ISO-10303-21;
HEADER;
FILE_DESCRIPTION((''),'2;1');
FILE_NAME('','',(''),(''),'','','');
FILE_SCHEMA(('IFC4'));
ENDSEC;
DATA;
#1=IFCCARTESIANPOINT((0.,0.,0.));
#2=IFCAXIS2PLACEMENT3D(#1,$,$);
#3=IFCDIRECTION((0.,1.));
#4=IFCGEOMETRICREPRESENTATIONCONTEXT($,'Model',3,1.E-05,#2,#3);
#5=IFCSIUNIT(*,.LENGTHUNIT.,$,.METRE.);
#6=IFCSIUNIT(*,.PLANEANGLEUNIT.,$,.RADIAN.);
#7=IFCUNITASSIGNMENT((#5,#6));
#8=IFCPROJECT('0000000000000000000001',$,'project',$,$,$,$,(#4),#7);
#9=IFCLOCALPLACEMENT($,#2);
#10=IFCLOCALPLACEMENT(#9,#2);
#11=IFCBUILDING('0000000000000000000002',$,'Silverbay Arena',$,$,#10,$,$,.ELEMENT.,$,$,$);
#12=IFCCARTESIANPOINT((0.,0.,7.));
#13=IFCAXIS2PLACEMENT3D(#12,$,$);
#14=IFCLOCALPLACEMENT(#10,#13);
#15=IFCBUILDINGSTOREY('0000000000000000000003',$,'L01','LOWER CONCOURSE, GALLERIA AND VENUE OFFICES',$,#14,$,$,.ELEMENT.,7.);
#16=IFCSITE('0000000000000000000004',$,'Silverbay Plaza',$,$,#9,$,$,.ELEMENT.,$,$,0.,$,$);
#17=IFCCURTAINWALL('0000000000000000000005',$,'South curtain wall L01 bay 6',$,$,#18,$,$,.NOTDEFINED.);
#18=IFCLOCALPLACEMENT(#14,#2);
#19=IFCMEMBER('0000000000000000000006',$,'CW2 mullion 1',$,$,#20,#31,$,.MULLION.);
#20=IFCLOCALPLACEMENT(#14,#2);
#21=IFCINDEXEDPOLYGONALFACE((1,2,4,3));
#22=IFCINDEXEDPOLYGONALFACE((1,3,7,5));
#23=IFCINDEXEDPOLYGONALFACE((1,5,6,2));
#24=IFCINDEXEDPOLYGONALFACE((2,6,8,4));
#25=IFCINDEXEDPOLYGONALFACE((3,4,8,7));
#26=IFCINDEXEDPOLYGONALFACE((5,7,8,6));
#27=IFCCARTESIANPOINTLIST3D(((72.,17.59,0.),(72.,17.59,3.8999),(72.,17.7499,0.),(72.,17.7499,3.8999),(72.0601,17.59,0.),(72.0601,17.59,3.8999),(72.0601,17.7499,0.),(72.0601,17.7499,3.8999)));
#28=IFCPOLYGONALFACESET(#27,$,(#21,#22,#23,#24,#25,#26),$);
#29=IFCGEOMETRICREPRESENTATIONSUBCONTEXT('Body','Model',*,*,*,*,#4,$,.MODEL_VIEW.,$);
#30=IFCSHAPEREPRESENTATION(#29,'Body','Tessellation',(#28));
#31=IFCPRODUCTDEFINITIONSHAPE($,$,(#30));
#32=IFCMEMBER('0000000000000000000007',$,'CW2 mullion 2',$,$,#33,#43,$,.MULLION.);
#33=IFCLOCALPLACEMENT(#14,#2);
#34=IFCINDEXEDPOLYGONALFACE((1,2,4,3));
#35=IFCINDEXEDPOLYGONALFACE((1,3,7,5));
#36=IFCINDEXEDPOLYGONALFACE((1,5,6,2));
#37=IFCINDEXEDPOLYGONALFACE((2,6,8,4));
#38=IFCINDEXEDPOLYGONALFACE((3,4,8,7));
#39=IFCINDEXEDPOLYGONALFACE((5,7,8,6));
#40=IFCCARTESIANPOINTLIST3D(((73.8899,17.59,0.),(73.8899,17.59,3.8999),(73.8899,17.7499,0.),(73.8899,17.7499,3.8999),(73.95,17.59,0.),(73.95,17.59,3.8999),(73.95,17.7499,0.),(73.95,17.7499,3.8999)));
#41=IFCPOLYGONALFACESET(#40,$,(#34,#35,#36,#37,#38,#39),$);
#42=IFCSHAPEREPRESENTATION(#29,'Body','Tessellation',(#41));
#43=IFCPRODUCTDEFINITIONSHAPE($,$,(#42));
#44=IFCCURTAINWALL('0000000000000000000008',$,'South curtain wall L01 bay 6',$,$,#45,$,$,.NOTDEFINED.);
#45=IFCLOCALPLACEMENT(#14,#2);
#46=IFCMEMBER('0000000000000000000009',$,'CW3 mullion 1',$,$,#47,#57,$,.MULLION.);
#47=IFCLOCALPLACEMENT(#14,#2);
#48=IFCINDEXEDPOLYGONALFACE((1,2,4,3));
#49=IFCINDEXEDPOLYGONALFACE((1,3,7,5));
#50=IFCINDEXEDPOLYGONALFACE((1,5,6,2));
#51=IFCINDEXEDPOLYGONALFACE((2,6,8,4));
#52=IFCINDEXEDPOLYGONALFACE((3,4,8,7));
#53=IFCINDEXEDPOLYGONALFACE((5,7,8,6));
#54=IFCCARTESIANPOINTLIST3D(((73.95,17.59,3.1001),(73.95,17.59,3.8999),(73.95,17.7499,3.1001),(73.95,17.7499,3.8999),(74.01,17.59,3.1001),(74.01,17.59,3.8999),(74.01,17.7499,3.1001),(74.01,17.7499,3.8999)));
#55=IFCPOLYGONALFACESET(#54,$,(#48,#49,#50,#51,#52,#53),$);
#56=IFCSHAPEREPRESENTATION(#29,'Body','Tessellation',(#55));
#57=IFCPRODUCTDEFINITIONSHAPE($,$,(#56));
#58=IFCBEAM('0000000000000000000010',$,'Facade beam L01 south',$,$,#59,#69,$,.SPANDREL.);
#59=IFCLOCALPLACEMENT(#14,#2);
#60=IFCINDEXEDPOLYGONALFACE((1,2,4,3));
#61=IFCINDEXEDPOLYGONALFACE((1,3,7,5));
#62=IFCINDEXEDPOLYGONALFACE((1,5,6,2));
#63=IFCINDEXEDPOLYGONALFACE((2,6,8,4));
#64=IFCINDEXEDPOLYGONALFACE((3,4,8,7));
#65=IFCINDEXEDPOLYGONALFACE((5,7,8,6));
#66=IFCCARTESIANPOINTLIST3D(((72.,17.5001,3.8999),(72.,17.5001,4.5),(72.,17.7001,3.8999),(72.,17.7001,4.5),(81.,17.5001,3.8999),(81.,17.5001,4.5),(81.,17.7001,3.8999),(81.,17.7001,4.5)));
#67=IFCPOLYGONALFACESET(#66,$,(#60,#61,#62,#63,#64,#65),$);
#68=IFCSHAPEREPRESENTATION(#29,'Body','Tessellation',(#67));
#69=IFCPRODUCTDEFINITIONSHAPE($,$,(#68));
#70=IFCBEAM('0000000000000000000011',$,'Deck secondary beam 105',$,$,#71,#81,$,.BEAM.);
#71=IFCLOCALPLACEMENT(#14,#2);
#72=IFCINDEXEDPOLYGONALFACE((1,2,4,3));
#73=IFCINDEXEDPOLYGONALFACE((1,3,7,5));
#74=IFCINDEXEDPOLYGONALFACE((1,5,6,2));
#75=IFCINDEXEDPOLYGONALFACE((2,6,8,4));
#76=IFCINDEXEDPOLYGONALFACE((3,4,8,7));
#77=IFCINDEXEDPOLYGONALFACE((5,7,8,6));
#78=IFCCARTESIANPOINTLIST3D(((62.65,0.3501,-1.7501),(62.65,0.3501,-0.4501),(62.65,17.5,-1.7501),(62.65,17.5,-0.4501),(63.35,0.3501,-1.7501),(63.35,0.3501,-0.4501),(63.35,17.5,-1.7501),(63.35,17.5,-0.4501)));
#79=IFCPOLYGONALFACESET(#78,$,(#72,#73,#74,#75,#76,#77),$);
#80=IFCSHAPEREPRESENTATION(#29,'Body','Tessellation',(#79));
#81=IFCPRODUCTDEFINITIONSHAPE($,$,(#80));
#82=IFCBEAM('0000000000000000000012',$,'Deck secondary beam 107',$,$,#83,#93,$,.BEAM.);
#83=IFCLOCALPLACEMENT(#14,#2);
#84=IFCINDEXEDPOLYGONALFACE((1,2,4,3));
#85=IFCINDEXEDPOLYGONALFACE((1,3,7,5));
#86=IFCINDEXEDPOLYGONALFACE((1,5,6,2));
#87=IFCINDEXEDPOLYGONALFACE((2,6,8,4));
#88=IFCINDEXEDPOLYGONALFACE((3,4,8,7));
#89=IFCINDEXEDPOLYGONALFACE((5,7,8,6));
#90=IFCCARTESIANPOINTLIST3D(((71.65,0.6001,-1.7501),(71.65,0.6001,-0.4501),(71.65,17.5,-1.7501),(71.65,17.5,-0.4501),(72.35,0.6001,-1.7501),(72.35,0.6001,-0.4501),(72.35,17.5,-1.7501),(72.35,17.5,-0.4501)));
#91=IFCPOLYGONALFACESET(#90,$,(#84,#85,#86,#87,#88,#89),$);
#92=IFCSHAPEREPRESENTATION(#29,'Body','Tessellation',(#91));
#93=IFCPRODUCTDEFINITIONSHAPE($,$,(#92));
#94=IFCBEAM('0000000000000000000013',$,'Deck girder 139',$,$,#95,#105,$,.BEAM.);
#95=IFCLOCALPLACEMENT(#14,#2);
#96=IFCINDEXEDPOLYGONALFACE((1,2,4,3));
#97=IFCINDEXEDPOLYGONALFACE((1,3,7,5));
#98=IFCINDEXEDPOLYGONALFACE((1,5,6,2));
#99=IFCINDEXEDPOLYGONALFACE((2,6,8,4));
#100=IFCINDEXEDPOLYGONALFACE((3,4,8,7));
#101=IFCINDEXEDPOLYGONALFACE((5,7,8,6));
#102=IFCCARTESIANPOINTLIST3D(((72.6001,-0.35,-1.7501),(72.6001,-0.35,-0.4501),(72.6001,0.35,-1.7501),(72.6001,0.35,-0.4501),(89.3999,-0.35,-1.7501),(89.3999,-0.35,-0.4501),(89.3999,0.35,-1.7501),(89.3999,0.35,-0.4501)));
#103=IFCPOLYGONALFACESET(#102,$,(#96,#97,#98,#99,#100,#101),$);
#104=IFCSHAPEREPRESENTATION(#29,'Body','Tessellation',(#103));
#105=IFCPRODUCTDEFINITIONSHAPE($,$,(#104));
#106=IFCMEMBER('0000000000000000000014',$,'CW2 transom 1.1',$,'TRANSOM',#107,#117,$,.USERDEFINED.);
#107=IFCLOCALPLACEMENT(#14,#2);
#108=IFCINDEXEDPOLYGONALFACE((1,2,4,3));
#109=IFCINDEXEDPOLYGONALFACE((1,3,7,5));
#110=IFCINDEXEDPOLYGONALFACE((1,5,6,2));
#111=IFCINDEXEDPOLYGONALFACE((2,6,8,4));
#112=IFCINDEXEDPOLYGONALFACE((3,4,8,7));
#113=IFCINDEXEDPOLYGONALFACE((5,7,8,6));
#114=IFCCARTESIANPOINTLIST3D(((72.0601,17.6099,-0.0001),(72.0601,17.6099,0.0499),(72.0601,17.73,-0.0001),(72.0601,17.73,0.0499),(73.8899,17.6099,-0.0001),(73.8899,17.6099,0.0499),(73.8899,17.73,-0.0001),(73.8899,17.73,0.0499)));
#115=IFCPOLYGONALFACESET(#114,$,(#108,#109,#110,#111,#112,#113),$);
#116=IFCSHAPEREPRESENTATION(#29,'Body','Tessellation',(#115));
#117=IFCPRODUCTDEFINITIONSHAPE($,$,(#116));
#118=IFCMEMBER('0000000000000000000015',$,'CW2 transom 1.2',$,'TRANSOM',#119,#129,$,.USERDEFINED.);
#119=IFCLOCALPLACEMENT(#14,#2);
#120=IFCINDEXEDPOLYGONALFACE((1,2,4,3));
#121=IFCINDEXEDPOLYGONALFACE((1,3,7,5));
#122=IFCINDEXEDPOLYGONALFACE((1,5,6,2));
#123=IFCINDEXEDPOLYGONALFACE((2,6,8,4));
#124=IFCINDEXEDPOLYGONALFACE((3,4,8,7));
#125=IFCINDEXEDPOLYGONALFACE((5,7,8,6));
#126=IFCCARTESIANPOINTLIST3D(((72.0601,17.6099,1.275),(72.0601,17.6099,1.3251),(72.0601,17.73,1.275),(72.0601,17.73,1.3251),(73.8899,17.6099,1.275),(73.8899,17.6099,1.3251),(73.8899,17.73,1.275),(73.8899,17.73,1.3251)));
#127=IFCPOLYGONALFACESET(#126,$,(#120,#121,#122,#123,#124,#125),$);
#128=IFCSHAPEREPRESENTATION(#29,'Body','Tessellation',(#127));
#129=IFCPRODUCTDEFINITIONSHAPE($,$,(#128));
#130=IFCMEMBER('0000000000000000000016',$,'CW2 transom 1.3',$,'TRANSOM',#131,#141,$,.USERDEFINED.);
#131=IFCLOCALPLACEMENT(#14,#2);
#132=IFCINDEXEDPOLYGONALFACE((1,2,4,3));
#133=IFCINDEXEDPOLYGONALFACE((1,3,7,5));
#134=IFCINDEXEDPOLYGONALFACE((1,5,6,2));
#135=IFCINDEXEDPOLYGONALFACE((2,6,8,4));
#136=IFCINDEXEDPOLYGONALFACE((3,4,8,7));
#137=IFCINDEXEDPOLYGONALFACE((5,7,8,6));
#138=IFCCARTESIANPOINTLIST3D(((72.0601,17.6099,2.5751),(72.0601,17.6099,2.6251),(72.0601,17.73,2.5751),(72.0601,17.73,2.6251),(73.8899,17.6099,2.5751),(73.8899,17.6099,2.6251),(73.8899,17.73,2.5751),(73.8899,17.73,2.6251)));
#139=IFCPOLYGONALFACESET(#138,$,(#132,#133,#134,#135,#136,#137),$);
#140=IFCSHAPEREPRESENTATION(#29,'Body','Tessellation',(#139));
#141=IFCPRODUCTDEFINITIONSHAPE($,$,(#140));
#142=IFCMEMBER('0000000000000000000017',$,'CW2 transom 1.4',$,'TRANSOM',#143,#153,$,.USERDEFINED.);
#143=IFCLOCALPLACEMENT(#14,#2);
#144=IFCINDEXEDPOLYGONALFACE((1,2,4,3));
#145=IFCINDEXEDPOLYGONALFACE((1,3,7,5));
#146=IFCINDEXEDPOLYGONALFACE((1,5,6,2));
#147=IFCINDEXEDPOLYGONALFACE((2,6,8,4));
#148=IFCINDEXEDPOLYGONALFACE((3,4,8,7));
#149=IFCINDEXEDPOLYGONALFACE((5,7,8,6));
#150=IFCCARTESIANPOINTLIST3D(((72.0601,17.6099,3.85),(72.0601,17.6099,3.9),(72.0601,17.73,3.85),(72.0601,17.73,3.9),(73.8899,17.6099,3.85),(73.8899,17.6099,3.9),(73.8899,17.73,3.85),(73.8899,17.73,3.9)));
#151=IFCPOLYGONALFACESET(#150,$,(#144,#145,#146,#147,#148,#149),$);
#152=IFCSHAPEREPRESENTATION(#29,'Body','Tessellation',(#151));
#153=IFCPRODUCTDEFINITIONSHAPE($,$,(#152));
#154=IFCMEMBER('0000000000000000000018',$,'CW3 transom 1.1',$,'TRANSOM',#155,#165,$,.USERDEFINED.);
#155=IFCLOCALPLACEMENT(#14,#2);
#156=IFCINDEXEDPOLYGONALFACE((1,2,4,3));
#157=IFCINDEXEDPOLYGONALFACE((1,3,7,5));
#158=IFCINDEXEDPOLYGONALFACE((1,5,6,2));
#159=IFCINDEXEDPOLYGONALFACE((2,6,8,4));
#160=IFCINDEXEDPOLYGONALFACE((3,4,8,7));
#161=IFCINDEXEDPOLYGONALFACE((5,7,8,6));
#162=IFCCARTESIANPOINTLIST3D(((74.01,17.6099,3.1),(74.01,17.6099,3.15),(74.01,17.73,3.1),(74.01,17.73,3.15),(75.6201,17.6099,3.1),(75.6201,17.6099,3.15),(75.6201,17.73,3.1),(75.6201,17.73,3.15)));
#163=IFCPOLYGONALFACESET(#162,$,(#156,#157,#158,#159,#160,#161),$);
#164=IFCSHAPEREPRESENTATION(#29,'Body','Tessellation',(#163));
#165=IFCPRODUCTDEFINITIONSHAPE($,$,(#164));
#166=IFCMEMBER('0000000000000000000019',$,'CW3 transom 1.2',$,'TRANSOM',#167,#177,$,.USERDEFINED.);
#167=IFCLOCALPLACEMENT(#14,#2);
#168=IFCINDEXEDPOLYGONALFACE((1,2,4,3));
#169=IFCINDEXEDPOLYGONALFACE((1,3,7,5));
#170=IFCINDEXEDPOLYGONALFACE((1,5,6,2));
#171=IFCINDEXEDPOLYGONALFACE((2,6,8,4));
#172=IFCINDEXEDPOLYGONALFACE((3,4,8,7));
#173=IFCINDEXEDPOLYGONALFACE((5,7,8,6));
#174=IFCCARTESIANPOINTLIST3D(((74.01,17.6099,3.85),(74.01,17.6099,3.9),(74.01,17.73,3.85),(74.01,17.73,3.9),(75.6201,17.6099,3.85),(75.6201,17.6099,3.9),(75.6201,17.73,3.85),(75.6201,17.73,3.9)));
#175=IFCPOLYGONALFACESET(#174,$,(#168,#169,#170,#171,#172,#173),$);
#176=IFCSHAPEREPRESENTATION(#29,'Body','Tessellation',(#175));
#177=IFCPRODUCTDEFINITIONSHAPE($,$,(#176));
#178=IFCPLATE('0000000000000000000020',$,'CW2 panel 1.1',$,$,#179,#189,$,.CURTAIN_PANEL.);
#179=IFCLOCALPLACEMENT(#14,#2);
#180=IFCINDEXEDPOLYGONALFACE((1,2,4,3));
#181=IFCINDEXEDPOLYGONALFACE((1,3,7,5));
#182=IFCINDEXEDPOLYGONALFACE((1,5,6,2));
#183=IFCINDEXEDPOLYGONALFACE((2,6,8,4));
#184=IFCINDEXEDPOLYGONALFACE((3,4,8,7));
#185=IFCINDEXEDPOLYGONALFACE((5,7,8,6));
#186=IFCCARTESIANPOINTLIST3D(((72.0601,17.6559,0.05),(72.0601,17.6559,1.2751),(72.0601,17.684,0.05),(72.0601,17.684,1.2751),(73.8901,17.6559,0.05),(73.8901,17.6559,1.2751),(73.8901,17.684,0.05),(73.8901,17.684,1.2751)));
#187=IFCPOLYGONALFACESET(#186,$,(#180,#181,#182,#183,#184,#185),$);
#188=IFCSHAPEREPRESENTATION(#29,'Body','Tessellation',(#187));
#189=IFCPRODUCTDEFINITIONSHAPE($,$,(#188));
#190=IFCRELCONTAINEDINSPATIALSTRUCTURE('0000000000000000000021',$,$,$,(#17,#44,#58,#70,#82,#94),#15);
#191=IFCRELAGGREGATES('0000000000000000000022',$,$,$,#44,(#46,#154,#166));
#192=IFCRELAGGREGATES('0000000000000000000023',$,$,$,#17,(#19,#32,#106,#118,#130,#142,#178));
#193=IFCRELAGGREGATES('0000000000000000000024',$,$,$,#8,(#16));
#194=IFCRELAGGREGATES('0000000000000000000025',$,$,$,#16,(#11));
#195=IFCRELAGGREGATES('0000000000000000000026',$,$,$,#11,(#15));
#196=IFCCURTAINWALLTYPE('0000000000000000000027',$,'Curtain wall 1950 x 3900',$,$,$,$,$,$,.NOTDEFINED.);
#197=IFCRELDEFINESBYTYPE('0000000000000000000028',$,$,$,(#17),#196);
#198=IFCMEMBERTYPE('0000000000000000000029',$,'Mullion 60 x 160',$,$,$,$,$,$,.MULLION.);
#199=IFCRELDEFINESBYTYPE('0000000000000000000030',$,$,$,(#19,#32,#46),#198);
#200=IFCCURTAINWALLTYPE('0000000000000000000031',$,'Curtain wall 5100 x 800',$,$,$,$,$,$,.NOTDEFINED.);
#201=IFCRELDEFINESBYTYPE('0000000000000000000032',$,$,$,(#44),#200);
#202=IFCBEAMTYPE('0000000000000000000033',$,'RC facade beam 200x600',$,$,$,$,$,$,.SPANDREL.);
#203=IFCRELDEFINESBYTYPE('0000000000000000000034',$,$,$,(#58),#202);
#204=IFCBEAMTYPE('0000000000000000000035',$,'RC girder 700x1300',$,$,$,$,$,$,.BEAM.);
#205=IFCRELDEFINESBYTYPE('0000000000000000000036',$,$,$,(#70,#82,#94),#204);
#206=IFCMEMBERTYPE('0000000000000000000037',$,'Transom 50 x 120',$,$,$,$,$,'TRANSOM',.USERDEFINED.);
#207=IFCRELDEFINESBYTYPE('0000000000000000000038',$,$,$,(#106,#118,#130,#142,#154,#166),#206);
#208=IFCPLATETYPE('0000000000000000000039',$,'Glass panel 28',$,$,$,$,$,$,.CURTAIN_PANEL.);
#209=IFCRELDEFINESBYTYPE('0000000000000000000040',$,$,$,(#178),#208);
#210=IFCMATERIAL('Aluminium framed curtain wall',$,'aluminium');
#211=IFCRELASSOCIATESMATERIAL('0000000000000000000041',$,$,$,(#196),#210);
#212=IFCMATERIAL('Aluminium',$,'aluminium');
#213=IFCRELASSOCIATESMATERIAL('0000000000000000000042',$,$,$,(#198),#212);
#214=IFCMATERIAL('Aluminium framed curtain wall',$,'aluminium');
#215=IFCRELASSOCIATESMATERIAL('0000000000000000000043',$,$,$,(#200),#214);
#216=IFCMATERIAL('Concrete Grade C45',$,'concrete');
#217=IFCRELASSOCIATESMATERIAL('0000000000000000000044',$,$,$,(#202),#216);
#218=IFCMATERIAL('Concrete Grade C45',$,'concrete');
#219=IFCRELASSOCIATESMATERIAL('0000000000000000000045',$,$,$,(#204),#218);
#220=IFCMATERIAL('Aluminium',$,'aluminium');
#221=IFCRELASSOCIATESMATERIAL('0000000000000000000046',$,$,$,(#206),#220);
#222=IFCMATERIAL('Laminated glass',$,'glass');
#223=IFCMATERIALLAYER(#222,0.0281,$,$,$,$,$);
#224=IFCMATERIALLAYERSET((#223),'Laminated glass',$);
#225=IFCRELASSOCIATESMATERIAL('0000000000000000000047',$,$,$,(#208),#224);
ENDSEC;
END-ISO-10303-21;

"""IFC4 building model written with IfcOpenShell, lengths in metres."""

from ifc_helpers import new_model, si_unit, direction, frame, origin, origin_2d, place, context, subcontext, project, spatial, rectangle, extrude, material, layer, layer_set, material_profile, profile_set, type_object, element, aggregate, save


model = new_model("IFC4")

# Units and contexts
model_context = context("Model", 3, precision=1e-05, world=origin(), true_north=direction((0.0, 1.0)))
body_context = subcontext(model_context, "Body", "Model", "MODEL_VIEW")
ifc_project = project(units=[si_unit("LENGTHUNIT", "METRE"), si_unit("PLANEANGLEUNIT", "RADIAN")], contexts=[model_context])

# Site, building, storey
site_placement = place(None, origin())
site = spatial("IfcSite", under=ifc_project, at=site_placement, Name="Silverbay Plaza", CompositionType="ELEMENT", RefElevation=0.0)
building_placement = place(site_placement, origin())
building = spatial("IfcBuilding", under=site, at=building_placement, Name="Silverbay Arena", CompositionType="ELEMENT")
storey_placement = place(building_placement, frame((0.0, 0.0, 7.0)))
storey = spatial("IfcBuildingStorey", under=building, at=storey_placement, Name="L01", Description="LOWER CONCOURSE, GALLERIA AND VENUE OFFICES", CompositionType="ELEMENT", Elevation=7.0)

# Curtain wall, members
ifc_material_1 = material(Name="Aluminium framed curtain wall", Category="aluminium")
curtain_wall_type_1 = type_object("IfcCurtainWallType", Name="Curtain wall 1950 x 3900", PredefinedType="NOTDEFINED", material=ifc_material_1)
curtain_wall_1_placement = place(storey_placement, origin())
curtain_wall_1 = element("IfcCurtainWall", 1, at=curtain_wall_1_placement, inside=storey, type_object=curtain_wall_type_1, Name="South curtain wall L01 bay 6", PredefinedType="NOTDEFINED")
ifc_material_2 = material(Name="Aluminium", Category="aluminium")
ifc_material_profile_1 = material_profile(ifc_material_2, rectangle(XDim=0.1599, YDim=0.0601, at=origin_2d()), Name="Mullion 60 x 160")
ifc_profile_set_1 = profile_set([ifc_material_profile_1], Name="Aluminium")
member_type_1 = type_object("IfcMemberType", Name="Mullion 60 x 160", PredefinedType="MULLION", material=ifc_profile_set_1)
member_1_placement = place(storey_placement, frame((72.03, 17.6699, 0.0), z_axis=(0.0, 0.0, 1.0), x_axis=(0.0, 1.0, 0.0)))
member_1 = element("IfcMember", 2, at=member_1_placement, type_object=member_type_1, Name="CW2 mullion 1", PredefinedType="MULLION", context=body_context, shape_type="SweptSolid", body=[
    extrude(rectangle(XDim=0.1599, YDim=0.0601, at=origin_2d()), origin(), (0.0, 0.0, 1.0), 3.8999),
])
member_2_placement = place(storey_placement, frame((73.9199, 17.6699, 0.0), z_axis=(0.0, 0.0, 1.0), x_axis=(0.0, 1.0, 0.0)))
member_2 = element("IfcMember", 3, at=member_2_placement, type_object=member_type_1, Name="CW2 mullion 2", PredefinedType="MULLION", context=body_context, shape_type="SweptSolid", body=[
    extrude(rectangle(XDim=0.1599, YDim=0.0601, at=origin_2d()), origin(), (0.0, 0.0, 1.0), 3.8999),
])

# Curtain wall, member
ifc_material_3 = material(Name="Aluminium framed curtain wall", Category="aluminium")
curtain_wall_type_2 = type_object("IfcCurtainWallType", Name="Curtain wall 5100 x 800", PredefinedType="NOTDEFINED", material=ifc_material_3)
curtain_wall_2_placement = place(storey_placement, origin())
curtain_wall_2 = element("IfcCurtainWall", 4, at=curtain_wall_2_placement, inside=storey, type_object=curtain_wall_type_2, Name="South curtain wall L01 bay 6", PredefinedType="NOTDEFINED")
member_3_placement = place(storey_placement, frame((73.98, 17.6699, 3.1001), z_axis=(0.0, 0.0, 1.0), x_axis=(0.0, 1.0, 0.0)))
member_3 = element("IfcMember", 5, at=member_3_placement, type_object=member_type_1, Name="CW3 mullion 1", PredefinedType="MULLION", context=body_context, shape_type="SweptSolid", body=[
    extrude(rectangle(XDim=0.1599, YDim=0.0601, at=origin_2d()), origin(), (0.0, 0.0, 1.0), 0.7998),
])

# Beams
ifc_material_4 = material(Name="Concrete Grade C45", Category="concrete")
ifc_material_profile_2 = material_profile(ifc_material_4, rectangle(XDim=0.2, YDim=0.6001, at=origin_2d()), Name="RC 200x600")
ifc_profile_set_2 = profile_set([ifc_material_profile_2], Name="Concrete Grade C45")
beam_type_1 = type_object("IfcBeamType", Name="RC facade beam 200x600", PredefinedType="SPANDREL", material=ifc_profile_set_2)
beam_1_placement = place(storey_placement, frame((72.0, 17.6001, 4.2), z_axis=(1.0, 0.0, 0.0), x_axis=(0.0, 1.0, 0.0)))
element("IfcBeam", 6, at=beam_1_placement, inside=storey, type_object=beam_type_1, Name="Facade beam L01 south", PredefinedType="SPANDREL", context=body_context, shape_type="SweptSolid", body=[
    extrude(rectangle(XDim=0.2, YDim=0.6001, at=origin_2d()), origin(), (0.0, 0.0, 1.0), 9.0),
])
ifc_material_5 = material(Name="Concrete Grade C45", Category="concrete")
ifc_material_profile_3 = material_profile(ifc_material_5, rectangle(XDim=0.7, YDim=1.3, at=origin_2d()), Name="RC 700x1300")
ifc_profile_set_3 = profile_set([ifc_material_profile_3], Name="Concrete Grade C45")
beam_type_2 = type_object("IfcBeamType", Name="RC girder 700x1300", PredefinedType="BEAM", material=ifc_profile_set_3)
beam_2_placement = place(storey_placement, frame((63.0, 0.3501, -1.1001), z_axis=(0.0, 1.0, 0.0), x_axis=(-1.0, 0.0, 0.0)))
element("IfcBeam", 7, at=beam_2_placement, inside=storey, type_object=beam_type_2, Name="Deck secondary beam 105", PredefinedType="BEAM", context=body_context, shape_type="SweptSolid", body=[
    extrude(rectangle(XDim=0.7, YDim=1.3, at=origin_2d()), origin(), (0.0, 0.0, 1.0), 17.1499),
])
beam_3_placement = place(storey_placement, frame((72.0, 0.6001, -1.1001), z_axis=(0.0, 1.0, 0.0), x_axis=(-1.0, 0.0, 0.0)))
element("IfcBeam", 8, at=beam_3_placement, inside=storey, type_object=beam_type_2, Name="Deck secondary beam 107", PredefinedType="BEAM", context=body_context, shape_type="SweptSolid", body=[
    extrude(rectangle(XDim=0.7, YDim=1.3, at=origin_2d()), origin(), (0.0, 0.0, 1.0), 16.8999),
])
beam_4_placement = place(storey_placement, frame((72.6001, 0.0, -1.1001), z_axis=(1.0, 0.0, 0.0), x_axis=(0.0, 1.0, 0.0)))
element("IfcBeam", 9, at=beam_4_placement, inside=storey, type_object=beam_type_2, Name="Deck girder 139", PredefinedType="BEAM", context=body_context, shape_type="SweptSolid", body=[
    extrude(rectangle(XDim=0.7, YDim=1.3, at=origin_2d()), origin(), (0.0, 0.0, 1.0), 16.7998),
])

# Members
ifc_material_6 = material(Name="Aluminium", Category="aluminium")
ifc_material_profile_4 = material_profile(ifc_material_6, rectangle(XDim=0.1201, YDim=0.05, at=origin_2d()), Name="Transom 50 x 120")
ifc_profile_set_4 = profile_set([ifc_material_profile_4], Name="Aluminium")
member_type_2 = type_object("IfcMemberType", Name="Transom 50 x 120", ElementType="TRANSOM", PredefinedType="USERDEFINED", material=ifc_profile_set_4)
member_4_placement = place(storey_placement, frame((72.0601, 17.6699, 0.0249), z_axis=(1.0, 0.0, 0.0), x_axis=(0.0, 1.0, 0.0)))
member_4 = element("IfcMember", 10, at=member_4_placement, type_object=member_type_2, Name="CW2 transom 1.1", ObjectType="TRANSOM", PredefinedType="USERDEFINED", context=body_context, shape_type="SweptSolid", body=[
    extrude(rectangle(XDim=0.1201, YDim=0.05, at=origin_2d()), origin(), (0.0, 0.0, 1.0), 1.8298),
])
member_5_placement = place(storey_placement, frame((72.0601, 17.6699, 1.3), z_axis=(1.0, 0.0, 0.0), x_axis=(0.0, 1.0, 0.0)))
member_5 = element("IfcMember", 11, at=member_5_placement, type_object=member_type_2, Name="CW2 transom 1.2", ObjectType="TRANSOM", PredefinedType="USERDEFINED", context=body_context, shape_type="SweptSolid", body=[
    extrude(rectangle(XDim=0.1201, YDim=0.05, at=origin_2d()), origin(), (0.0, 0.0, 1.0), 1.8298),
])
member_6_placement = place(storey_placement, frame((72.0601, 17.6699, 2.6001), z_axis=(1.0, 0.0, 0.0), x_axis=(0.0, 1.0, 0.0)))
member_6 = element("IfcMember", 12, at=member_6_placement, type_object=member_type_2, Name="CW2 transom 1.3", ObjectType="TRANSOM", PredefinedType="USERDEFINED", context=body_context, shape_type="SweptSolid", body=[
    extrude(rectangle(XDim=0.1201, YDim=0.05, at=origin_2d()), origin(), (0.0, 0.0, 1.0), 1.8298),
])
member_7_placement = place(storey_placement, frame((72.0601, 17.6699, 3.875), z_axis=(1.0, 0.0, 0.0), x_axis=(0.0, 1.0, 0.0)))
member_7 = element("IfcMember", 13, at=member_7_placement, type_object=member_type_2, Name="CW2 transom 1.4", ObjectType="TRANSOM", PredefinedType="USERDEFINED", context=body_context, shape_type="SweptSolid", body=[
    extrude(rectangle(XDim=0.1201, YDim=0.05, at=origin_2d()), origin(), (0.0, 0.0, 1.0), 1.8298),
])
member_8_placement = place(storey_placement, frame((74.01, 17.6699, 3.125), z_axis=(1.0, 0.0, 0.0), x_axis=(0.0, 1.0, 0.0)))
member_8 = element("IfcMember", 14, at=member_8_placement, type_object=member_type_2, Name="CW3 transom 1.1", ObjectType="TRANSOM", PredefinedType="USERDEFINED", context=body_context, shape_type="SweptSolid", body=[
    extrude(rectangle(XDim=0.1201, YDim=0.05, at=origin_2d()), origin(), (0.0, 0.0, 1.0), 1.6101),
])
member_9_placement = place(storey_placement, frame((74.01, 17.6699, 3.875), z_axis=(1.0, 0.0, 0.0), x_axis=(0.0, 1.0, 0.0)))
member_9 = element("IfcMember", 15, at=member_9_placement, type_object=member_type_2, Name="CW3 transom 1.2", ObjectType="TRANSOM", PredefinedType="USERDEFINED", context=body_context, shape_type="SweptSolid", body=[
    extrude(rectangle(XDim=0.1201, YDim=0.05, at=origin_2d()), origin(), (0.0, 0.0, 1.0), 1.6101),
])
aggregate(curtain_wall_2, [member_3, member_8, member_9])

# Plate
ifc_material_7 = material(Name="Laminated glass", Category="glass")
ifc_layer_1 = layer(ifc_material_7, 0.0281)
ifc_layer_set_1 = layer_set([ifc_layer_1], Name="Laminated glass")
plate_type = type_object("IfcPlateType", Name="Glass panel 28", PredefinedType="CURTAIN_PANEL", material=ifc_layer_set_1)
plate_1_placement = place(storey_placement, frame((72.9751, 17.6699, 0.05), z_axis=(0.0, 0.0, 1.0), x_axis=(1.0, 0.0, 0.0)))
plate_1 = element("IfcPlate", 16, at=plate_1_placement, type_object=plate_type, Name="CW2 panel 1.1", PredefinedType="CURTAIN_PANEL", context=body_context, shape_type="SweptSolid", body=[
    extrude(rectangle(XDim=1.8301, YDim=0.0281, at=origin_2d()), origin(), (0.0, 0.0, 1.0), 1.2251),
])
aggregate(curtain_wall_1, [member_1, member_2, member_4, member_5, member_6, member_7, plate_1])

save(model, "model.ifc")
